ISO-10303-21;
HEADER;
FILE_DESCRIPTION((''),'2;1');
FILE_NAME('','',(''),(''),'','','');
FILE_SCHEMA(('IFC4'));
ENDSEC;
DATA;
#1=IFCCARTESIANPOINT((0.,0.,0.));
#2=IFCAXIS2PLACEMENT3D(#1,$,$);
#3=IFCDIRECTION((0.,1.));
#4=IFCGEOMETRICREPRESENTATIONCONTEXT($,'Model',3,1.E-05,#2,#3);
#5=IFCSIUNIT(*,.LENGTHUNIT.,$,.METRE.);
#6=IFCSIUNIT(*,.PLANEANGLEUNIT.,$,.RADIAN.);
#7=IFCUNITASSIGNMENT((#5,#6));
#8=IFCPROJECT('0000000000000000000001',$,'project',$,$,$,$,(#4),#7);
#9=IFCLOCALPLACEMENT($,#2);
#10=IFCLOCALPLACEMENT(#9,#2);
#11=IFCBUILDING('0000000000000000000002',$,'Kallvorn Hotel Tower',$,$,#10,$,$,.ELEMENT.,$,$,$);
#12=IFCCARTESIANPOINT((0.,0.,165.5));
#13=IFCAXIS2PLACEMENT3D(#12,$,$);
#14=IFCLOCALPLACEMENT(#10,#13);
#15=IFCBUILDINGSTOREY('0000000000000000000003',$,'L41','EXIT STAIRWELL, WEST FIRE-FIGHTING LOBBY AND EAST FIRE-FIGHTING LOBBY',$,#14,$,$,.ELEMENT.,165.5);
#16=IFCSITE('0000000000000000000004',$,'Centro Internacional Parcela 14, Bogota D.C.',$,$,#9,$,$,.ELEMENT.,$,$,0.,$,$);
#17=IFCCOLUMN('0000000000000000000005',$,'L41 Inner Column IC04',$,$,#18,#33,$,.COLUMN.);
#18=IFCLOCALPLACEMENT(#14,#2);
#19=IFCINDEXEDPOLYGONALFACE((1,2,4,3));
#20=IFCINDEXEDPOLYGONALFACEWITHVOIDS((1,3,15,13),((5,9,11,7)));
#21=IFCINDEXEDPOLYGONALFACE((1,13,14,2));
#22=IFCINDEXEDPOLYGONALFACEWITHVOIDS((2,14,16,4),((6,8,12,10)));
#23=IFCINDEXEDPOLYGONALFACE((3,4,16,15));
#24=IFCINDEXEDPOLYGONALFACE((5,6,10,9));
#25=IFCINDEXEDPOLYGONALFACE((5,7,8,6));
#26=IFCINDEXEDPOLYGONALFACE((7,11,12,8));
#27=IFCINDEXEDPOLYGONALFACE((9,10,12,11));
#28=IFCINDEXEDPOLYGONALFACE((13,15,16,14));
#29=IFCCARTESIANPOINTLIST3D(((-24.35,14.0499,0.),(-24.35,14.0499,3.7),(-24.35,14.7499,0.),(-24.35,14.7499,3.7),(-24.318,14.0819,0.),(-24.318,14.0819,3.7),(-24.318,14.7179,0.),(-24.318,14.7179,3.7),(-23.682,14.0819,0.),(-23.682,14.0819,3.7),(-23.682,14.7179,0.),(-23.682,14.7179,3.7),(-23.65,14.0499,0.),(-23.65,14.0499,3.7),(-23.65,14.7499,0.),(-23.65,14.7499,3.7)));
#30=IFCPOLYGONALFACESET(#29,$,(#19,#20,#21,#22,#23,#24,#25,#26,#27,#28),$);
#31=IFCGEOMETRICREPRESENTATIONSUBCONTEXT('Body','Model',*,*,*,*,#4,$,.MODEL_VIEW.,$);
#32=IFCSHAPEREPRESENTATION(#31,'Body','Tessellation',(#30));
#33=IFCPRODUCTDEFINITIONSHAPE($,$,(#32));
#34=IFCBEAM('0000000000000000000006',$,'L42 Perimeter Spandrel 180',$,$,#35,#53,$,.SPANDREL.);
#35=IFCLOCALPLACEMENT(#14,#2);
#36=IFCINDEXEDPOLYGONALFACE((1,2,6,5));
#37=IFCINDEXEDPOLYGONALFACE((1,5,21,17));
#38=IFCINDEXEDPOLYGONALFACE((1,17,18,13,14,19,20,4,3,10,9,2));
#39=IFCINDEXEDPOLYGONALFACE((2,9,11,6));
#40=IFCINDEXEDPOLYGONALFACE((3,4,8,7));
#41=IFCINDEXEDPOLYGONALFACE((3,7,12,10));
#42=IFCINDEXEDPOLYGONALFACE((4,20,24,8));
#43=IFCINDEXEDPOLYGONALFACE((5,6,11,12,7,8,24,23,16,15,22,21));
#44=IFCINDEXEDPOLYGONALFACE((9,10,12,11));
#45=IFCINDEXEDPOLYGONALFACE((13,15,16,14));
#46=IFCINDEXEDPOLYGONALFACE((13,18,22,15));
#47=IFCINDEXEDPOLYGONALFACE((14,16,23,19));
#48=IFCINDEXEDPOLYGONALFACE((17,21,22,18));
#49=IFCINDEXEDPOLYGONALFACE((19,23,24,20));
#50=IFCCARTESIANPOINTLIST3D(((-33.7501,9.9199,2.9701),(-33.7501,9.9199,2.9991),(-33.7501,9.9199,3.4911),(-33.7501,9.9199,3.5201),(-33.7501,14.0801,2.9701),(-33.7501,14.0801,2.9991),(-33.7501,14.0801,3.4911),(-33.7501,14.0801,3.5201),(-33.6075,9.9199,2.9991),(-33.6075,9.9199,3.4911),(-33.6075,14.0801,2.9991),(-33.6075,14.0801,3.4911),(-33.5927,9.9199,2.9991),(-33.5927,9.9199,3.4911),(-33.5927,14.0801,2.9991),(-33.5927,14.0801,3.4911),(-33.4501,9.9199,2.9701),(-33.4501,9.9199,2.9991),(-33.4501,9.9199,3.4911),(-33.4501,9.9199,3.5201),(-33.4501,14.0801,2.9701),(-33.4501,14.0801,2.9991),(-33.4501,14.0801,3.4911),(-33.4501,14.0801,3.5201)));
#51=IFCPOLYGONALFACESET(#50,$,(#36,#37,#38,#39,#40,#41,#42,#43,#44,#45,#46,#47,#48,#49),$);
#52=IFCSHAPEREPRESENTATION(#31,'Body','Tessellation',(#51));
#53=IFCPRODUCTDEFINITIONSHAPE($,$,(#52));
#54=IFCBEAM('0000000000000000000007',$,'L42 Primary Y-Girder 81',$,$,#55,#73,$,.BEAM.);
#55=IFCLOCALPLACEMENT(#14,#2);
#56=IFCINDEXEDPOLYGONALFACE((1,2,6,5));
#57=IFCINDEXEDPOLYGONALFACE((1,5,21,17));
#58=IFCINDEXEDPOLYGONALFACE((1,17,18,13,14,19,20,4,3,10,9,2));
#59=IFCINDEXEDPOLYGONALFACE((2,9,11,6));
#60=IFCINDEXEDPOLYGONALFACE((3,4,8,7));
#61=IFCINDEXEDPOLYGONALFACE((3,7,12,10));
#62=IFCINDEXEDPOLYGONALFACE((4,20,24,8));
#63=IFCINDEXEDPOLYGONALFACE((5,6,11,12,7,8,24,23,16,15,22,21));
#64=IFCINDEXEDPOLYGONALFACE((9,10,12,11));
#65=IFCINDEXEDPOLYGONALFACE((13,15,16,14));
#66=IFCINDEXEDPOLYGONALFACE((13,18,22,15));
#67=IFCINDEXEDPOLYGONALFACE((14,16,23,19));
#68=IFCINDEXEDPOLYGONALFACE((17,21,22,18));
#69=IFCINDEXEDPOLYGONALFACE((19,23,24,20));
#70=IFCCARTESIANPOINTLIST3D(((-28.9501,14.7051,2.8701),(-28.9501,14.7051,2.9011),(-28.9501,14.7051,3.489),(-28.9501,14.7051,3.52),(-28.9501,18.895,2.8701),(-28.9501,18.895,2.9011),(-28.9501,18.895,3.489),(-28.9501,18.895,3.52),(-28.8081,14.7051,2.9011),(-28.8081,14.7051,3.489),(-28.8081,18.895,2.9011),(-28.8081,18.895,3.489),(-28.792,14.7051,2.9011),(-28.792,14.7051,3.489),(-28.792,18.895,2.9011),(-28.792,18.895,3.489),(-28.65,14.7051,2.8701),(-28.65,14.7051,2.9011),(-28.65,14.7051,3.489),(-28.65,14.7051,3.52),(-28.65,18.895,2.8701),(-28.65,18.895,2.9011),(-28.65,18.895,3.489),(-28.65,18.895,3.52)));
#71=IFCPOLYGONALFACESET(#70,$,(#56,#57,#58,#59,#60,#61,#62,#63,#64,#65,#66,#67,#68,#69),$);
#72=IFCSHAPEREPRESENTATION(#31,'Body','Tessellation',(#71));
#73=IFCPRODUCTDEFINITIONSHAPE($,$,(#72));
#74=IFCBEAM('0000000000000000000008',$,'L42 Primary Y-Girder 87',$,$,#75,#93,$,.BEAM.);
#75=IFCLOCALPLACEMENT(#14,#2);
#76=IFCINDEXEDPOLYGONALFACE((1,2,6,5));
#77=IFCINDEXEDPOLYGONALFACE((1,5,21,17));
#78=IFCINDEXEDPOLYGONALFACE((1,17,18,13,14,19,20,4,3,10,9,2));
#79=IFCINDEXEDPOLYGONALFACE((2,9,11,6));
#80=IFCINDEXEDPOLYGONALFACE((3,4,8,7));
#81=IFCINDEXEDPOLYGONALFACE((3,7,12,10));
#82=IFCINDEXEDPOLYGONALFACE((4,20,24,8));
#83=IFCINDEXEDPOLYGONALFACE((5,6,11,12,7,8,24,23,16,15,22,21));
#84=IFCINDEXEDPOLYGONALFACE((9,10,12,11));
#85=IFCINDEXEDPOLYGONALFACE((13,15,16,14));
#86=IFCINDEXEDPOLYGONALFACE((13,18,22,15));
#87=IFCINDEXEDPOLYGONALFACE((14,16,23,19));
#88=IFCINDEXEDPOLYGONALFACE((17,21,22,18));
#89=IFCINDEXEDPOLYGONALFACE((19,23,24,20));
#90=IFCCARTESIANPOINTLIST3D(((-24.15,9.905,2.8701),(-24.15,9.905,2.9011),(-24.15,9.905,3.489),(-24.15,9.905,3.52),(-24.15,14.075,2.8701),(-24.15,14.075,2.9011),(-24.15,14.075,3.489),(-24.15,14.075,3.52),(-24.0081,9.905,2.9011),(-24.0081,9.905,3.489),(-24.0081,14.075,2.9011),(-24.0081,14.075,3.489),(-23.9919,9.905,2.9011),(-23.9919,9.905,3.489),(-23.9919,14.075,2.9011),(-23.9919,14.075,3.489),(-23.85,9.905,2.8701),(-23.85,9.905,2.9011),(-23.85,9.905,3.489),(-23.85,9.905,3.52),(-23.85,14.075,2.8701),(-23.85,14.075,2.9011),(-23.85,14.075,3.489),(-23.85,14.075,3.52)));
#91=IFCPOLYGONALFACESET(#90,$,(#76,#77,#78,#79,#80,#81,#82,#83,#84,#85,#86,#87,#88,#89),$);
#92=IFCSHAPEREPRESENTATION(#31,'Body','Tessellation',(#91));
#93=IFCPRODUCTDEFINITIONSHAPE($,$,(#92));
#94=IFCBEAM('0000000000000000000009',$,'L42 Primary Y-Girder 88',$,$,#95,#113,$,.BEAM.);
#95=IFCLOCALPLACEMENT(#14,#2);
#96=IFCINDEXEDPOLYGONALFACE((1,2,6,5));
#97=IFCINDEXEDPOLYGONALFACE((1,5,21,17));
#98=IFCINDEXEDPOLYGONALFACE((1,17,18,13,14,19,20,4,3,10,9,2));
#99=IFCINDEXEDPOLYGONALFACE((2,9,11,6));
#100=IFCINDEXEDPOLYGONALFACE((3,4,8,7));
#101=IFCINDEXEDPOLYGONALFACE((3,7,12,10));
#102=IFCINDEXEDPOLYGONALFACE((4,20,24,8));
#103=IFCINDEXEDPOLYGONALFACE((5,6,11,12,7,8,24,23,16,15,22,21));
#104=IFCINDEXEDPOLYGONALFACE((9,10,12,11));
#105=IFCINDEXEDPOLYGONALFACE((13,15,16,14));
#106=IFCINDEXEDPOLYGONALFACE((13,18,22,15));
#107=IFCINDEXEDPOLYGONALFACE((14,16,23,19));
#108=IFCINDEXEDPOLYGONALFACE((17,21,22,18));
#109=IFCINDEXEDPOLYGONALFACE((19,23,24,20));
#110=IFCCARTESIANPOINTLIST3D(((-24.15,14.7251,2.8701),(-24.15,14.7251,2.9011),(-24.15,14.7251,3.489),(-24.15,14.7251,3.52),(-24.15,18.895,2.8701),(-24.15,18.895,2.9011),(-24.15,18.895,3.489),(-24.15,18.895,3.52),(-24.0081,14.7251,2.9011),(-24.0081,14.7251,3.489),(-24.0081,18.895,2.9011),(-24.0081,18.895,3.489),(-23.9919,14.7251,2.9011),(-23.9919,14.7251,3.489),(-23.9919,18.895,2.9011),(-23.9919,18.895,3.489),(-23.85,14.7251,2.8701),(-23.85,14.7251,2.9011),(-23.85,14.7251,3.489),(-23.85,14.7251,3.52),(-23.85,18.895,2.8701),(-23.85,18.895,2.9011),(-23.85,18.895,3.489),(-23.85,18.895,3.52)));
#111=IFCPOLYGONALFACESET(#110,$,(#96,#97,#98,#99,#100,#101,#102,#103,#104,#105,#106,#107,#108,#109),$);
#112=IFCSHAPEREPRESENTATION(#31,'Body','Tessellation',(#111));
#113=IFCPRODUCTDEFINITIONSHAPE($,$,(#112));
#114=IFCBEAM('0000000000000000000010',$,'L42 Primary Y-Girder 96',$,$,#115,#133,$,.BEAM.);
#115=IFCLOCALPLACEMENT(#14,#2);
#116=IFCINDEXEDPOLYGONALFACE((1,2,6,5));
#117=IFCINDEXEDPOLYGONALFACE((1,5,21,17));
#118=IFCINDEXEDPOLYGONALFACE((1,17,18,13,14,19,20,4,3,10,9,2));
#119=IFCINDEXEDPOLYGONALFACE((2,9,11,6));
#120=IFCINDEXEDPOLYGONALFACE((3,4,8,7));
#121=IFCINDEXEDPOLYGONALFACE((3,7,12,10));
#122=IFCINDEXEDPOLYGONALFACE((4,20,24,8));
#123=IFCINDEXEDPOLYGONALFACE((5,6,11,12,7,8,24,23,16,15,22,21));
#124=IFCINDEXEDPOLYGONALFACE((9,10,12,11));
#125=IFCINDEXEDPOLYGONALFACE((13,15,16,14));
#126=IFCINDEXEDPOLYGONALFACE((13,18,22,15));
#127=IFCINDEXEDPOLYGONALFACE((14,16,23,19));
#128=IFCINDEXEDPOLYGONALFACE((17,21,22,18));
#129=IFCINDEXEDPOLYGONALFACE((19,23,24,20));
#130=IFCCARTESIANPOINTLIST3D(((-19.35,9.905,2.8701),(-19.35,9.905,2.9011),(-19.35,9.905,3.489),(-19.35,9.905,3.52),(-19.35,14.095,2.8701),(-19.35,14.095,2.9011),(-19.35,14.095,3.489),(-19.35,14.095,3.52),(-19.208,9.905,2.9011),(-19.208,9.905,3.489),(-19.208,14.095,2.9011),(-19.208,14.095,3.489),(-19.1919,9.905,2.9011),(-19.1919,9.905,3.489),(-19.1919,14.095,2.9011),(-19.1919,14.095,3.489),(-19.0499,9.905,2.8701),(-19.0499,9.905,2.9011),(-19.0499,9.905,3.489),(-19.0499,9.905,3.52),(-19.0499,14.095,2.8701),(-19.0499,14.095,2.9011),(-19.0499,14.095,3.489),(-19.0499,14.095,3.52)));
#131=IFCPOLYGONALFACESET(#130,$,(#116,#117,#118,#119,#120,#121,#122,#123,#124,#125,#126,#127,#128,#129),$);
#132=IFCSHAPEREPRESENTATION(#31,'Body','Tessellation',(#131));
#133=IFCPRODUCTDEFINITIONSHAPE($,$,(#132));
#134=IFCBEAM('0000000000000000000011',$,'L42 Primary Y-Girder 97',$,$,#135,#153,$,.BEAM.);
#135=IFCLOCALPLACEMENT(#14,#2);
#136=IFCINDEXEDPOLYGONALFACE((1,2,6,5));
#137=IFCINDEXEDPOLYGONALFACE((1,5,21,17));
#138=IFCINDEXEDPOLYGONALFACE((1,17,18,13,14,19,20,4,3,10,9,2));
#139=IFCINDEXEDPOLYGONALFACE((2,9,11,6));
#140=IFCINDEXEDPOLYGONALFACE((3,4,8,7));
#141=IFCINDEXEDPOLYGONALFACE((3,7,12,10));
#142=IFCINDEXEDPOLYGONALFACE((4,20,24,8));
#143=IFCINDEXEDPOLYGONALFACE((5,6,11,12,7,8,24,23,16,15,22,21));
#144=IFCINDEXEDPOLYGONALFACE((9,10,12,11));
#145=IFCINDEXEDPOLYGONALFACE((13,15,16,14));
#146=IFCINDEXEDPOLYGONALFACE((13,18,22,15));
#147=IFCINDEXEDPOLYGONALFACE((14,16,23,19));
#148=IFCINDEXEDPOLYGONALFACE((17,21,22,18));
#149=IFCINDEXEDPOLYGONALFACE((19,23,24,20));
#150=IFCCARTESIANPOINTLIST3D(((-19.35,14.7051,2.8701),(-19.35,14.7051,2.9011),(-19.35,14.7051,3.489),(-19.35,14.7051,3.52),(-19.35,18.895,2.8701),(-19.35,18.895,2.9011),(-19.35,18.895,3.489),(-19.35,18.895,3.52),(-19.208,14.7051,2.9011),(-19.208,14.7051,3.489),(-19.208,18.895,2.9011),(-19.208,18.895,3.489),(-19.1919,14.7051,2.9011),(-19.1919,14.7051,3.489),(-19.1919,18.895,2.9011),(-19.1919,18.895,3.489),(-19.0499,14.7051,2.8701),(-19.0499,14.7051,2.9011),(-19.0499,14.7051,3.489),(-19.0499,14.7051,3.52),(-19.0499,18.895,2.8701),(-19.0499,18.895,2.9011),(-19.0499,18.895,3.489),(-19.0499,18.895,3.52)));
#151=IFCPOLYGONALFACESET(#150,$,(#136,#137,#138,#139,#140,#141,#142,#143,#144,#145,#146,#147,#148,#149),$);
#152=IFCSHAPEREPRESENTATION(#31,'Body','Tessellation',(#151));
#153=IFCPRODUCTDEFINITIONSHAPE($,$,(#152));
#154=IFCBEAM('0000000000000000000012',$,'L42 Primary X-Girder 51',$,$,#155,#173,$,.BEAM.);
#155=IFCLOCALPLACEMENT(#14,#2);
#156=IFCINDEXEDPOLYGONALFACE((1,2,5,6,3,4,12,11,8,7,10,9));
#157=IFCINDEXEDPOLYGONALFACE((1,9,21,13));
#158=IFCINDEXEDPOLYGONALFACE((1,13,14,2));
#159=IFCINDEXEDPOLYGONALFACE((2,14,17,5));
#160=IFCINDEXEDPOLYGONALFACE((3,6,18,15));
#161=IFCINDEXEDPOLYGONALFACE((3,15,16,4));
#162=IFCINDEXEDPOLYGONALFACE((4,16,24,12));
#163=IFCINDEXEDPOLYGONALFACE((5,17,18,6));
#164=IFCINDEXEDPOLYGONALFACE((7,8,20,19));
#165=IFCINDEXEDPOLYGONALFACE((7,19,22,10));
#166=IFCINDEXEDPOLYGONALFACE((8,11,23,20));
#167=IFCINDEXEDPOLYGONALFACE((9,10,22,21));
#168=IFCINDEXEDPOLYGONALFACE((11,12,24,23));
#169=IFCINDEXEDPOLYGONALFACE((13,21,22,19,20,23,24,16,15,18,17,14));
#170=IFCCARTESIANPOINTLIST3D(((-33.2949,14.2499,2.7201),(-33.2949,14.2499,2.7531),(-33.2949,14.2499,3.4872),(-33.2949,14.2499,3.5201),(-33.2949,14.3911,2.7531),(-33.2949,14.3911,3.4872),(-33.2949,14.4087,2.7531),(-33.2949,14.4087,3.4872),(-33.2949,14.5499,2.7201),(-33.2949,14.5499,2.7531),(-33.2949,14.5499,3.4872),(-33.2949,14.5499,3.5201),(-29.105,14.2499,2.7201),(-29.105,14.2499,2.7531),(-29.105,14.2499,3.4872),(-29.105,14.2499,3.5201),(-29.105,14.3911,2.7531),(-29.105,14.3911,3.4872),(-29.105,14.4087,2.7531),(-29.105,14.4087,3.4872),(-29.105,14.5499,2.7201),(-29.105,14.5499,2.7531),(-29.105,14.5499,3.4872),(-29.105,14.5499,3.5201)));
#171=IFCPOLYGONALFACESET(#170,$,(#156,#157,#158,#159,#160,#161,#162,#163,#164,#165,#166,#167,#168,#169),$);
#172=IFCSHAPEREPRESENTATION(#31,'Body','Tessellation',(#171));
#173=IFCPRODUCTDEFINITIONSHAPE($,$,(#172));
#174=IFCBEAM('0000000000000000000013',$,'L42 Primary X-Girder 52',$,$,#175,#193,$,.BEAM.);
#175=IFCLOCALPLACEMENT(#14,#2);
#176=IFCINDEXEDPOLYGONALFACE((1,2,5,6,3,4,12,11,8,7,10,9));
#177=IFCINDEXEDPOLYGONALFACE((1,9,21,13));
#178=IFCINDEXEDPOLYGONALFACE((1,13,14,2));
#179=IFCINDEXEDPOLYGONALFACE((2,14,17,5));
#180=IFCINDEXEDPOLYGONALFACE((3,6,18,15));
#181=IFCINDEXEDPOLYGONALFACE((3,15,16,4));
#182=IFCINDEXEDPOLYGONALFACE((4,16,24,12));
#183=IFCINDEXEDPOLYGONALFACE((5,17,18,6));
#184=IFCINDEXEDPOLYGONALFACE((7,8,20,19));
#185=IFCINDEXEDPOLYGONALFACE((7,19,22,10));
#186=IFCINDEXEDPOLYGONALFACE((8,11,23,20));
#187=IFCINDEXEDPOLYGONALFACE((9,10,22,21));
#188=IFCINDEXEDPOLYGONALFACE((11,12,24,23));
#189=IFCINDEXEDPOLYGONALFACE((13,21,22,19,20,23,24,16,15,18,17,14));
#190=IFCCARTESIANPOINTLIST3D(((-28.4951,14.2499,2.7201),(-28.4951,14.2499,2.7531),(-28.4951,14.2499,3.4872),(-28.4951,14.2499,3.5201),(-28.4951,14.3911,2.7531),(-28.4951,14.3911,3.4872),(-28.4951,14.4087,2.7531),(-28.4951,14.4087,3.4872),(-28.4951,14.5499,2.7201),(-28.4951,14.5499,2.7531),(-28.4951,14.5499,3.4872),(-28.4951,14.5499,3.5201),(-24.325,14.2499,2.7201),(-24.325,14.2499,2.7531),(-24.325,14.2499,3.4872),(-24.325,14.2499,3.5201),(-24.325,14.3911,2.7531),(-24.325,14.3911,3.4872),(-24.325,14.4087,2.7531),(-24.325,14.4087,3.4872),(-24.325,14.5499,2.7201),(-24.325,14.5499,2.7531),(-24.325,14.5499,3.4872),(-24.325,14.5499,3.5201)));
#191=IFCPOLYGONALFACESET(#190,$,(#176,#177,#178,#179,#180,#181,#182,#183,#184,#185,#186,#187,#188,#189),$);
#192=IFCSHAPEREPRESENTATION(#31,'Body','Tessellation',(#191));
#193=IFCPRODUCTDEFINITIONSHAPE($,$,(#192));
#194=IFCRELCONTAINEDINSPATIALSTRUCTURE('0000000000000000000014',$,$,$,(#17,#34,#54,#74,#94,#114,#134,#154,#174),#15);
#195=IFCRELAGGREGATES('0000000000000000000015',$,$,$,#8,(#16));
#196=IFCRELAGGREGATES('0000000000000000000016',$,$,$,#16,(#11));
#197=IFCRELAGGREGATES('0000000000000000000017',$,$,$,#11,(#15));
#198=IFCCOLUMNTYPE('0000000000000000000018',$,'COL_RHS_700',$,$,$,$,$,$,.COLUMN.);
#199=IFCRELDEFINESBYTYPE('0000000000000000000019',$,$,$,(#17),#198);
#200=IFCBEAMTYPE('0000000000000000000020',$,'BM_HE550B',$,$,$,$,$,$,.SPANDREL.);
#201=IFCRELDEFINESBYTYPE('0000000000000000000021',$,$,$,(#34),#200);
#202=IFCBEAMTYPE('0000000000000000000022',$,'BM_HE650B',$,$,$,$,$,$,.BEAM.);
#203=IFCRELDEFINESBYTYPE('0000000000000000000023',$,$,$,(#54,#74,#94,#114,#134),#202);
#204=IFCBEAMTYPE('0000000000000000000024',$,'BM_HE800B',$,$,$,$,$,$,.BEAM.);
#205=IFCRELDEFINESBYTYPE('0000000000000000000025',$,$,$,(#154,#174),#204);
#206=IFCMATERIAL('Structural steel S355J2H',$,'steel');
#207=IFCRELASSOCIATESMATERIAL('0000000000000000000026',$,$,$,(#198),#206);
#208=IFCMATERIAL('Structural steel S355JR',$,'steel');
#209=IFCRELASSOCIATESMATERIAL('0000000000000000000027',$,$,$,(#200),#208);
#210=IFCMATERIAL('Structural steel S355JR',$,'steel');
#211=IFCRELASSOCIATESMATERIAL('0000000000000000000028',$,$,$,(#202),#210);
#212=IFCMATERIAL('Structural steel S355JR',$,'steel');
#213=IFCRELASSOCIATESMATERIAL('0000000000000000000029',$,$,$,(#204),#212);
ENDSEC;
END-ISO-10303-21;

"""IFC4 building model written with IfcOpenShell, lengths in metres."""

from ifc_helpers import new_model, si_unit, direction, frame, origin, origin_2d, place, context, subcontext, project, spatial, hollow_rectangle, i_section, extrude, material, material_profile, profile_set, type_object, element, save


model = new_model("IFC4")

# Units and contexts
model_context = context("Model", 3, precision=1e-05, world=origin(), true_north=direction((0.0, 1.0)))
body_context = subcontext(model_context, "Body", "Model", "MODEL_VIEW")
ifc_project = project(units=[si_unit("LENGTHUNIT", "METRE"), si_unit("PLANEANGLEUNIT", "RADIAN")], contexts=[model_context])

# Site, building, storey
site_placement = place(None, origin())
site = spatial("IfcSite", under=ifc_project, at=site_placement, Name="Centro Internacional Parcela 14, Bogota D.C.", CompositionType="ELEMENT", RefElevation=0.0)
building_placement = place(site_placement, origin())
building = spatial("IfcBuilding", under=site, at=building_placement, Name="Kallvorn Hotel Tower", CompositionType="ELEMENT")
storey_placement = place(building_placement, frame((0.0, 0.0, 165.5)))
storey = spatial("IfcBuildingStorey", under=building, at=storey_placement, Name="L41", Description="EXIT STAIRWELL, WEST FIRE-FIGHTING LOBBY AND EAST FIRE-FIGHTING LOBBY", CompositionType="ELEMENT", Elevation=165.5)

# Column
ifc_material_1 = material(Name="Structural steel S355J2H", Category="steel")
ifc_material_profile_1 = material_profile(ifc_material_1, hollow_rectangle(XDim=0.7, YDim=0.7, WallThickness=0.032, at=origin_2d()), Name="RHS 700x700x32")
ifc_profile_set_1 = profile_set([ifc_material_profile_1], Name="Structural steel S355J2H")
column_type_1 = type_object("IfcColumnType", Name="COL_RHS_700", PredefinedType="COLUMN", material=ifc_profile_set_1)
column_placement = place(storey_placement, frame((-24.0, 14.3999, 0.0), z_axis=(0.0, 0.0, 1.0), x_axis=(1.0, 0.0, 0.0)))
element("IfcColumn", 1, at=column_placement, inside=storey, type_object=column_type_1, Name="L41 Inner Column IC04", PredefinedType="COLUMN", context=body_context, shape_type="SweptSolid", body=[
    extrude(hollow_rectangle(XDim=0.7, YDim=0.7, WallThickness=0.032, at=origin_2d()), origin(), (0.0, 0.0, 1.0), 3.7),
])

# Beams
ifc_material_2 = material(Name="Structural steel S355JR", Category="steel")
ifc_material_profile_2 = material_profile(ifc_material_2, i_section(OverallWidth=0.3, OverallDepth=0.55, WebThickness=0.0149, FlangeThickness=0.0291, at=origin_2d()), Name="HE 550 B")
ifc_profile_set_2 = profile_set([ifc_material_profile_2], Name="Structural steel S355JR")
beam_type_1 = type_object("IfcBeamType", Name="BM_HE550B", PredefinedType="SPANDREL", material=ifc_profile_set_2)
beam_1_placement = place(storey_placement, frame((-33.6001, 9.9199, 3.2451), z_axis=(0.0, 1.0, 0.0), x_axis=(-1.0, 0.0, 0.0)))
element("IfcBeam", 2, at=beam_1_placement, inside=storey, type_object=beam_type_1, Name="L42 Perimeter Spandrel 180", PredefinedType="SPANDREL", context=body_context, shape_type="SweptSolid", body=[
    extrude(i_section(OverallWidth=0.3, OverallDepth=0.55, WebThickness=0.0149, FlangeThickness=0.0291, at=origin_2d()), origin(), (0.0, 0.0, 1.0), 4.1602),
])
ifc_material_3 = material(Name="Structural steel S355JR", Category="steel")
ifc_material_profile_3 = material_profile(ifc_material_3, i_section(OverallWidth=0.3, OverallDepth=0.6499, WebThickness=0.0161, FlangeThickness=0.031, at=origin_2d()), Name="HE 650 B")
ifc_profile_set_3 = profile_set([ifc_material_profile_3], Name="Structural steel S355JR")
beam_type_2 = type_object("IfcBeamType", Name="BM_HE650B", PredefinedType="BEAM", material=ifc_profile_set_3)
beam_2_placement = place(storey_placement, frame((-28.8, 14.7051, 3.1951), z_axis=(0.0, 1.0, 0.0), x_axis=(-1.0, 0.0, 0.0)))
element("IfcBeam", 3, at=beam_2_placement, inside=storey, type_object=beam_type_2, Name="L42 Primary Y-Girder 81", PredefinedType="BEAM", context=body_context, shape_type="SweptSolid", body=[
    extrude(i_section(OverallWidth=0.3, OverallDepth=0.6499, WebThickness=0.0161, FlangeThickness=0.031, at=origin_2d()), origin(), (0.0, 0.0, 1.0), 4.1899),
])
for number, where, z_axis, x_axis, name in (
    (4, (-24.0, 9.905, 3.1951), (0.0, 1.0, 0.0), (-1.0, 0.0, 0.0), "L42 Primary Y-Girder 87"),
    (5, (-24.0, 14.7251, 3.1951), (0.0, 1.0, 0.0), (-1.0, 0.0, 0.0), "L42 Primary Y-Girder 88"),
):
    element("IfcBeam", number, at=place(storey_placement, frame(where, z_axis=z_axis, x_axis=x_axis)), inside=storey, type_object=beam_type_2, Name=name, PredefinedType="BEAM", context=body_context, shape_type="SweptSolid", body=[
        extrude(i_section(OverallWidth=0.3, OverallDepth=0.6499, WebThickness=0.0161, FlangeThickness=0.031, at=origin_2d()), origin(), (0.0, 0.0, 1.0), 4.1699),
    ])
for number, where, z_axis, x_axis, name in (
    (6, (-19.2, 9.905, 3.1951), (0.0, 1.0, 0.0), (-1.0, 0.0, 0.0), "L42 Primary Y-Girder 96"),
    (7, (-19.2, 14.7051, 3.1951), (0.0, 1.0, 0.0), (-1.0, 0.0, 0.0), "L42 Primary Y-Girder 97"),
):
    element("IfcBeam", number, at=place(storey_placement, frame(where, z_axis=z_axis, x_axis=x_axis)), inside=storey, type_object=beam_type_2, Name=name, PredefinedType="BEAM", context=body_context, shape_type="SweptSolid", body=[
        extrude(i_section(OverallWidth=0.3, OverallDepth=0.6499, WebThickness=0.0161, FlangeThickness=0.031, at=origin_2d()), origin(), (0.0, 0.0, 1.0), 4.1899),
    ])
ifc_material_4 = material(Name="Structural steel S355JR", Category="steel")
ifc_material_profile_4 = material_profile(ifc_material_4, i_section(OverallWidth=0.3, OverallDepth=0.8, WebThickness=0.0176, FlangeThickness=0.033, at=origin_2d()), Name="HE 800 B")
ifc_profile_set_4 = profile_set([ifc_material_profile_4], Name="Structural steel S355JR")
beam_type_3 = type_object("IfcBeamType", Name="BM_HE800B", PredefinedType="BEAM", material=ifc_profile_set_4)
beam_3_placement = place(storey_placement, frame((-33.2949, 14.3999, 3.1201), z_axis=(1.0, 0.0, 0.0), x_axis=(0.0, 1.0, 0.0)))
element("IfcBeam", 8, at=beam_3_placement, inside=storey, type_object=beam_type_3, Name="L42 Primary X-Girder 51", PredefinedType="BEAM", context=body_context, shape_type="SweptSolid", body=[
    extrude(i_section(OverallWidth=0.3, OverallDepth=0.8, WebThickness=0.0176, FlangeThickness=0.033, at=origin_2d()), origin(), (0.0, 0.0, 1.0), 4.1899),
])
for number, where, z_axis, x_axis, name in (
    (9, (-28.4951, 14.3999, 3.1201), (1.0, 0.0, 0.0), (0.0, 1.0, 0.0), "L42 Primary X-Girder 52"),
):
    element("IfcBeam", number, at=place(storey_placement, frame(where, z_axis=z_axis, x_axis=x_axis)), inside=storey, type_object=beam_type_3, Name=name, PredefinedType="BEAM", context=body_context, shape_type="SweptSolid", body=[
        extrude(i_section(OverallWidth=0.3, OverallDepth=0.8, WebThickness=0.0176, FlangeThickness=0.033, at=origin_2d()), origin(), (0.0, 0.0, 1.0), 4.1702),
    ])

save(model, "model.ifc")
